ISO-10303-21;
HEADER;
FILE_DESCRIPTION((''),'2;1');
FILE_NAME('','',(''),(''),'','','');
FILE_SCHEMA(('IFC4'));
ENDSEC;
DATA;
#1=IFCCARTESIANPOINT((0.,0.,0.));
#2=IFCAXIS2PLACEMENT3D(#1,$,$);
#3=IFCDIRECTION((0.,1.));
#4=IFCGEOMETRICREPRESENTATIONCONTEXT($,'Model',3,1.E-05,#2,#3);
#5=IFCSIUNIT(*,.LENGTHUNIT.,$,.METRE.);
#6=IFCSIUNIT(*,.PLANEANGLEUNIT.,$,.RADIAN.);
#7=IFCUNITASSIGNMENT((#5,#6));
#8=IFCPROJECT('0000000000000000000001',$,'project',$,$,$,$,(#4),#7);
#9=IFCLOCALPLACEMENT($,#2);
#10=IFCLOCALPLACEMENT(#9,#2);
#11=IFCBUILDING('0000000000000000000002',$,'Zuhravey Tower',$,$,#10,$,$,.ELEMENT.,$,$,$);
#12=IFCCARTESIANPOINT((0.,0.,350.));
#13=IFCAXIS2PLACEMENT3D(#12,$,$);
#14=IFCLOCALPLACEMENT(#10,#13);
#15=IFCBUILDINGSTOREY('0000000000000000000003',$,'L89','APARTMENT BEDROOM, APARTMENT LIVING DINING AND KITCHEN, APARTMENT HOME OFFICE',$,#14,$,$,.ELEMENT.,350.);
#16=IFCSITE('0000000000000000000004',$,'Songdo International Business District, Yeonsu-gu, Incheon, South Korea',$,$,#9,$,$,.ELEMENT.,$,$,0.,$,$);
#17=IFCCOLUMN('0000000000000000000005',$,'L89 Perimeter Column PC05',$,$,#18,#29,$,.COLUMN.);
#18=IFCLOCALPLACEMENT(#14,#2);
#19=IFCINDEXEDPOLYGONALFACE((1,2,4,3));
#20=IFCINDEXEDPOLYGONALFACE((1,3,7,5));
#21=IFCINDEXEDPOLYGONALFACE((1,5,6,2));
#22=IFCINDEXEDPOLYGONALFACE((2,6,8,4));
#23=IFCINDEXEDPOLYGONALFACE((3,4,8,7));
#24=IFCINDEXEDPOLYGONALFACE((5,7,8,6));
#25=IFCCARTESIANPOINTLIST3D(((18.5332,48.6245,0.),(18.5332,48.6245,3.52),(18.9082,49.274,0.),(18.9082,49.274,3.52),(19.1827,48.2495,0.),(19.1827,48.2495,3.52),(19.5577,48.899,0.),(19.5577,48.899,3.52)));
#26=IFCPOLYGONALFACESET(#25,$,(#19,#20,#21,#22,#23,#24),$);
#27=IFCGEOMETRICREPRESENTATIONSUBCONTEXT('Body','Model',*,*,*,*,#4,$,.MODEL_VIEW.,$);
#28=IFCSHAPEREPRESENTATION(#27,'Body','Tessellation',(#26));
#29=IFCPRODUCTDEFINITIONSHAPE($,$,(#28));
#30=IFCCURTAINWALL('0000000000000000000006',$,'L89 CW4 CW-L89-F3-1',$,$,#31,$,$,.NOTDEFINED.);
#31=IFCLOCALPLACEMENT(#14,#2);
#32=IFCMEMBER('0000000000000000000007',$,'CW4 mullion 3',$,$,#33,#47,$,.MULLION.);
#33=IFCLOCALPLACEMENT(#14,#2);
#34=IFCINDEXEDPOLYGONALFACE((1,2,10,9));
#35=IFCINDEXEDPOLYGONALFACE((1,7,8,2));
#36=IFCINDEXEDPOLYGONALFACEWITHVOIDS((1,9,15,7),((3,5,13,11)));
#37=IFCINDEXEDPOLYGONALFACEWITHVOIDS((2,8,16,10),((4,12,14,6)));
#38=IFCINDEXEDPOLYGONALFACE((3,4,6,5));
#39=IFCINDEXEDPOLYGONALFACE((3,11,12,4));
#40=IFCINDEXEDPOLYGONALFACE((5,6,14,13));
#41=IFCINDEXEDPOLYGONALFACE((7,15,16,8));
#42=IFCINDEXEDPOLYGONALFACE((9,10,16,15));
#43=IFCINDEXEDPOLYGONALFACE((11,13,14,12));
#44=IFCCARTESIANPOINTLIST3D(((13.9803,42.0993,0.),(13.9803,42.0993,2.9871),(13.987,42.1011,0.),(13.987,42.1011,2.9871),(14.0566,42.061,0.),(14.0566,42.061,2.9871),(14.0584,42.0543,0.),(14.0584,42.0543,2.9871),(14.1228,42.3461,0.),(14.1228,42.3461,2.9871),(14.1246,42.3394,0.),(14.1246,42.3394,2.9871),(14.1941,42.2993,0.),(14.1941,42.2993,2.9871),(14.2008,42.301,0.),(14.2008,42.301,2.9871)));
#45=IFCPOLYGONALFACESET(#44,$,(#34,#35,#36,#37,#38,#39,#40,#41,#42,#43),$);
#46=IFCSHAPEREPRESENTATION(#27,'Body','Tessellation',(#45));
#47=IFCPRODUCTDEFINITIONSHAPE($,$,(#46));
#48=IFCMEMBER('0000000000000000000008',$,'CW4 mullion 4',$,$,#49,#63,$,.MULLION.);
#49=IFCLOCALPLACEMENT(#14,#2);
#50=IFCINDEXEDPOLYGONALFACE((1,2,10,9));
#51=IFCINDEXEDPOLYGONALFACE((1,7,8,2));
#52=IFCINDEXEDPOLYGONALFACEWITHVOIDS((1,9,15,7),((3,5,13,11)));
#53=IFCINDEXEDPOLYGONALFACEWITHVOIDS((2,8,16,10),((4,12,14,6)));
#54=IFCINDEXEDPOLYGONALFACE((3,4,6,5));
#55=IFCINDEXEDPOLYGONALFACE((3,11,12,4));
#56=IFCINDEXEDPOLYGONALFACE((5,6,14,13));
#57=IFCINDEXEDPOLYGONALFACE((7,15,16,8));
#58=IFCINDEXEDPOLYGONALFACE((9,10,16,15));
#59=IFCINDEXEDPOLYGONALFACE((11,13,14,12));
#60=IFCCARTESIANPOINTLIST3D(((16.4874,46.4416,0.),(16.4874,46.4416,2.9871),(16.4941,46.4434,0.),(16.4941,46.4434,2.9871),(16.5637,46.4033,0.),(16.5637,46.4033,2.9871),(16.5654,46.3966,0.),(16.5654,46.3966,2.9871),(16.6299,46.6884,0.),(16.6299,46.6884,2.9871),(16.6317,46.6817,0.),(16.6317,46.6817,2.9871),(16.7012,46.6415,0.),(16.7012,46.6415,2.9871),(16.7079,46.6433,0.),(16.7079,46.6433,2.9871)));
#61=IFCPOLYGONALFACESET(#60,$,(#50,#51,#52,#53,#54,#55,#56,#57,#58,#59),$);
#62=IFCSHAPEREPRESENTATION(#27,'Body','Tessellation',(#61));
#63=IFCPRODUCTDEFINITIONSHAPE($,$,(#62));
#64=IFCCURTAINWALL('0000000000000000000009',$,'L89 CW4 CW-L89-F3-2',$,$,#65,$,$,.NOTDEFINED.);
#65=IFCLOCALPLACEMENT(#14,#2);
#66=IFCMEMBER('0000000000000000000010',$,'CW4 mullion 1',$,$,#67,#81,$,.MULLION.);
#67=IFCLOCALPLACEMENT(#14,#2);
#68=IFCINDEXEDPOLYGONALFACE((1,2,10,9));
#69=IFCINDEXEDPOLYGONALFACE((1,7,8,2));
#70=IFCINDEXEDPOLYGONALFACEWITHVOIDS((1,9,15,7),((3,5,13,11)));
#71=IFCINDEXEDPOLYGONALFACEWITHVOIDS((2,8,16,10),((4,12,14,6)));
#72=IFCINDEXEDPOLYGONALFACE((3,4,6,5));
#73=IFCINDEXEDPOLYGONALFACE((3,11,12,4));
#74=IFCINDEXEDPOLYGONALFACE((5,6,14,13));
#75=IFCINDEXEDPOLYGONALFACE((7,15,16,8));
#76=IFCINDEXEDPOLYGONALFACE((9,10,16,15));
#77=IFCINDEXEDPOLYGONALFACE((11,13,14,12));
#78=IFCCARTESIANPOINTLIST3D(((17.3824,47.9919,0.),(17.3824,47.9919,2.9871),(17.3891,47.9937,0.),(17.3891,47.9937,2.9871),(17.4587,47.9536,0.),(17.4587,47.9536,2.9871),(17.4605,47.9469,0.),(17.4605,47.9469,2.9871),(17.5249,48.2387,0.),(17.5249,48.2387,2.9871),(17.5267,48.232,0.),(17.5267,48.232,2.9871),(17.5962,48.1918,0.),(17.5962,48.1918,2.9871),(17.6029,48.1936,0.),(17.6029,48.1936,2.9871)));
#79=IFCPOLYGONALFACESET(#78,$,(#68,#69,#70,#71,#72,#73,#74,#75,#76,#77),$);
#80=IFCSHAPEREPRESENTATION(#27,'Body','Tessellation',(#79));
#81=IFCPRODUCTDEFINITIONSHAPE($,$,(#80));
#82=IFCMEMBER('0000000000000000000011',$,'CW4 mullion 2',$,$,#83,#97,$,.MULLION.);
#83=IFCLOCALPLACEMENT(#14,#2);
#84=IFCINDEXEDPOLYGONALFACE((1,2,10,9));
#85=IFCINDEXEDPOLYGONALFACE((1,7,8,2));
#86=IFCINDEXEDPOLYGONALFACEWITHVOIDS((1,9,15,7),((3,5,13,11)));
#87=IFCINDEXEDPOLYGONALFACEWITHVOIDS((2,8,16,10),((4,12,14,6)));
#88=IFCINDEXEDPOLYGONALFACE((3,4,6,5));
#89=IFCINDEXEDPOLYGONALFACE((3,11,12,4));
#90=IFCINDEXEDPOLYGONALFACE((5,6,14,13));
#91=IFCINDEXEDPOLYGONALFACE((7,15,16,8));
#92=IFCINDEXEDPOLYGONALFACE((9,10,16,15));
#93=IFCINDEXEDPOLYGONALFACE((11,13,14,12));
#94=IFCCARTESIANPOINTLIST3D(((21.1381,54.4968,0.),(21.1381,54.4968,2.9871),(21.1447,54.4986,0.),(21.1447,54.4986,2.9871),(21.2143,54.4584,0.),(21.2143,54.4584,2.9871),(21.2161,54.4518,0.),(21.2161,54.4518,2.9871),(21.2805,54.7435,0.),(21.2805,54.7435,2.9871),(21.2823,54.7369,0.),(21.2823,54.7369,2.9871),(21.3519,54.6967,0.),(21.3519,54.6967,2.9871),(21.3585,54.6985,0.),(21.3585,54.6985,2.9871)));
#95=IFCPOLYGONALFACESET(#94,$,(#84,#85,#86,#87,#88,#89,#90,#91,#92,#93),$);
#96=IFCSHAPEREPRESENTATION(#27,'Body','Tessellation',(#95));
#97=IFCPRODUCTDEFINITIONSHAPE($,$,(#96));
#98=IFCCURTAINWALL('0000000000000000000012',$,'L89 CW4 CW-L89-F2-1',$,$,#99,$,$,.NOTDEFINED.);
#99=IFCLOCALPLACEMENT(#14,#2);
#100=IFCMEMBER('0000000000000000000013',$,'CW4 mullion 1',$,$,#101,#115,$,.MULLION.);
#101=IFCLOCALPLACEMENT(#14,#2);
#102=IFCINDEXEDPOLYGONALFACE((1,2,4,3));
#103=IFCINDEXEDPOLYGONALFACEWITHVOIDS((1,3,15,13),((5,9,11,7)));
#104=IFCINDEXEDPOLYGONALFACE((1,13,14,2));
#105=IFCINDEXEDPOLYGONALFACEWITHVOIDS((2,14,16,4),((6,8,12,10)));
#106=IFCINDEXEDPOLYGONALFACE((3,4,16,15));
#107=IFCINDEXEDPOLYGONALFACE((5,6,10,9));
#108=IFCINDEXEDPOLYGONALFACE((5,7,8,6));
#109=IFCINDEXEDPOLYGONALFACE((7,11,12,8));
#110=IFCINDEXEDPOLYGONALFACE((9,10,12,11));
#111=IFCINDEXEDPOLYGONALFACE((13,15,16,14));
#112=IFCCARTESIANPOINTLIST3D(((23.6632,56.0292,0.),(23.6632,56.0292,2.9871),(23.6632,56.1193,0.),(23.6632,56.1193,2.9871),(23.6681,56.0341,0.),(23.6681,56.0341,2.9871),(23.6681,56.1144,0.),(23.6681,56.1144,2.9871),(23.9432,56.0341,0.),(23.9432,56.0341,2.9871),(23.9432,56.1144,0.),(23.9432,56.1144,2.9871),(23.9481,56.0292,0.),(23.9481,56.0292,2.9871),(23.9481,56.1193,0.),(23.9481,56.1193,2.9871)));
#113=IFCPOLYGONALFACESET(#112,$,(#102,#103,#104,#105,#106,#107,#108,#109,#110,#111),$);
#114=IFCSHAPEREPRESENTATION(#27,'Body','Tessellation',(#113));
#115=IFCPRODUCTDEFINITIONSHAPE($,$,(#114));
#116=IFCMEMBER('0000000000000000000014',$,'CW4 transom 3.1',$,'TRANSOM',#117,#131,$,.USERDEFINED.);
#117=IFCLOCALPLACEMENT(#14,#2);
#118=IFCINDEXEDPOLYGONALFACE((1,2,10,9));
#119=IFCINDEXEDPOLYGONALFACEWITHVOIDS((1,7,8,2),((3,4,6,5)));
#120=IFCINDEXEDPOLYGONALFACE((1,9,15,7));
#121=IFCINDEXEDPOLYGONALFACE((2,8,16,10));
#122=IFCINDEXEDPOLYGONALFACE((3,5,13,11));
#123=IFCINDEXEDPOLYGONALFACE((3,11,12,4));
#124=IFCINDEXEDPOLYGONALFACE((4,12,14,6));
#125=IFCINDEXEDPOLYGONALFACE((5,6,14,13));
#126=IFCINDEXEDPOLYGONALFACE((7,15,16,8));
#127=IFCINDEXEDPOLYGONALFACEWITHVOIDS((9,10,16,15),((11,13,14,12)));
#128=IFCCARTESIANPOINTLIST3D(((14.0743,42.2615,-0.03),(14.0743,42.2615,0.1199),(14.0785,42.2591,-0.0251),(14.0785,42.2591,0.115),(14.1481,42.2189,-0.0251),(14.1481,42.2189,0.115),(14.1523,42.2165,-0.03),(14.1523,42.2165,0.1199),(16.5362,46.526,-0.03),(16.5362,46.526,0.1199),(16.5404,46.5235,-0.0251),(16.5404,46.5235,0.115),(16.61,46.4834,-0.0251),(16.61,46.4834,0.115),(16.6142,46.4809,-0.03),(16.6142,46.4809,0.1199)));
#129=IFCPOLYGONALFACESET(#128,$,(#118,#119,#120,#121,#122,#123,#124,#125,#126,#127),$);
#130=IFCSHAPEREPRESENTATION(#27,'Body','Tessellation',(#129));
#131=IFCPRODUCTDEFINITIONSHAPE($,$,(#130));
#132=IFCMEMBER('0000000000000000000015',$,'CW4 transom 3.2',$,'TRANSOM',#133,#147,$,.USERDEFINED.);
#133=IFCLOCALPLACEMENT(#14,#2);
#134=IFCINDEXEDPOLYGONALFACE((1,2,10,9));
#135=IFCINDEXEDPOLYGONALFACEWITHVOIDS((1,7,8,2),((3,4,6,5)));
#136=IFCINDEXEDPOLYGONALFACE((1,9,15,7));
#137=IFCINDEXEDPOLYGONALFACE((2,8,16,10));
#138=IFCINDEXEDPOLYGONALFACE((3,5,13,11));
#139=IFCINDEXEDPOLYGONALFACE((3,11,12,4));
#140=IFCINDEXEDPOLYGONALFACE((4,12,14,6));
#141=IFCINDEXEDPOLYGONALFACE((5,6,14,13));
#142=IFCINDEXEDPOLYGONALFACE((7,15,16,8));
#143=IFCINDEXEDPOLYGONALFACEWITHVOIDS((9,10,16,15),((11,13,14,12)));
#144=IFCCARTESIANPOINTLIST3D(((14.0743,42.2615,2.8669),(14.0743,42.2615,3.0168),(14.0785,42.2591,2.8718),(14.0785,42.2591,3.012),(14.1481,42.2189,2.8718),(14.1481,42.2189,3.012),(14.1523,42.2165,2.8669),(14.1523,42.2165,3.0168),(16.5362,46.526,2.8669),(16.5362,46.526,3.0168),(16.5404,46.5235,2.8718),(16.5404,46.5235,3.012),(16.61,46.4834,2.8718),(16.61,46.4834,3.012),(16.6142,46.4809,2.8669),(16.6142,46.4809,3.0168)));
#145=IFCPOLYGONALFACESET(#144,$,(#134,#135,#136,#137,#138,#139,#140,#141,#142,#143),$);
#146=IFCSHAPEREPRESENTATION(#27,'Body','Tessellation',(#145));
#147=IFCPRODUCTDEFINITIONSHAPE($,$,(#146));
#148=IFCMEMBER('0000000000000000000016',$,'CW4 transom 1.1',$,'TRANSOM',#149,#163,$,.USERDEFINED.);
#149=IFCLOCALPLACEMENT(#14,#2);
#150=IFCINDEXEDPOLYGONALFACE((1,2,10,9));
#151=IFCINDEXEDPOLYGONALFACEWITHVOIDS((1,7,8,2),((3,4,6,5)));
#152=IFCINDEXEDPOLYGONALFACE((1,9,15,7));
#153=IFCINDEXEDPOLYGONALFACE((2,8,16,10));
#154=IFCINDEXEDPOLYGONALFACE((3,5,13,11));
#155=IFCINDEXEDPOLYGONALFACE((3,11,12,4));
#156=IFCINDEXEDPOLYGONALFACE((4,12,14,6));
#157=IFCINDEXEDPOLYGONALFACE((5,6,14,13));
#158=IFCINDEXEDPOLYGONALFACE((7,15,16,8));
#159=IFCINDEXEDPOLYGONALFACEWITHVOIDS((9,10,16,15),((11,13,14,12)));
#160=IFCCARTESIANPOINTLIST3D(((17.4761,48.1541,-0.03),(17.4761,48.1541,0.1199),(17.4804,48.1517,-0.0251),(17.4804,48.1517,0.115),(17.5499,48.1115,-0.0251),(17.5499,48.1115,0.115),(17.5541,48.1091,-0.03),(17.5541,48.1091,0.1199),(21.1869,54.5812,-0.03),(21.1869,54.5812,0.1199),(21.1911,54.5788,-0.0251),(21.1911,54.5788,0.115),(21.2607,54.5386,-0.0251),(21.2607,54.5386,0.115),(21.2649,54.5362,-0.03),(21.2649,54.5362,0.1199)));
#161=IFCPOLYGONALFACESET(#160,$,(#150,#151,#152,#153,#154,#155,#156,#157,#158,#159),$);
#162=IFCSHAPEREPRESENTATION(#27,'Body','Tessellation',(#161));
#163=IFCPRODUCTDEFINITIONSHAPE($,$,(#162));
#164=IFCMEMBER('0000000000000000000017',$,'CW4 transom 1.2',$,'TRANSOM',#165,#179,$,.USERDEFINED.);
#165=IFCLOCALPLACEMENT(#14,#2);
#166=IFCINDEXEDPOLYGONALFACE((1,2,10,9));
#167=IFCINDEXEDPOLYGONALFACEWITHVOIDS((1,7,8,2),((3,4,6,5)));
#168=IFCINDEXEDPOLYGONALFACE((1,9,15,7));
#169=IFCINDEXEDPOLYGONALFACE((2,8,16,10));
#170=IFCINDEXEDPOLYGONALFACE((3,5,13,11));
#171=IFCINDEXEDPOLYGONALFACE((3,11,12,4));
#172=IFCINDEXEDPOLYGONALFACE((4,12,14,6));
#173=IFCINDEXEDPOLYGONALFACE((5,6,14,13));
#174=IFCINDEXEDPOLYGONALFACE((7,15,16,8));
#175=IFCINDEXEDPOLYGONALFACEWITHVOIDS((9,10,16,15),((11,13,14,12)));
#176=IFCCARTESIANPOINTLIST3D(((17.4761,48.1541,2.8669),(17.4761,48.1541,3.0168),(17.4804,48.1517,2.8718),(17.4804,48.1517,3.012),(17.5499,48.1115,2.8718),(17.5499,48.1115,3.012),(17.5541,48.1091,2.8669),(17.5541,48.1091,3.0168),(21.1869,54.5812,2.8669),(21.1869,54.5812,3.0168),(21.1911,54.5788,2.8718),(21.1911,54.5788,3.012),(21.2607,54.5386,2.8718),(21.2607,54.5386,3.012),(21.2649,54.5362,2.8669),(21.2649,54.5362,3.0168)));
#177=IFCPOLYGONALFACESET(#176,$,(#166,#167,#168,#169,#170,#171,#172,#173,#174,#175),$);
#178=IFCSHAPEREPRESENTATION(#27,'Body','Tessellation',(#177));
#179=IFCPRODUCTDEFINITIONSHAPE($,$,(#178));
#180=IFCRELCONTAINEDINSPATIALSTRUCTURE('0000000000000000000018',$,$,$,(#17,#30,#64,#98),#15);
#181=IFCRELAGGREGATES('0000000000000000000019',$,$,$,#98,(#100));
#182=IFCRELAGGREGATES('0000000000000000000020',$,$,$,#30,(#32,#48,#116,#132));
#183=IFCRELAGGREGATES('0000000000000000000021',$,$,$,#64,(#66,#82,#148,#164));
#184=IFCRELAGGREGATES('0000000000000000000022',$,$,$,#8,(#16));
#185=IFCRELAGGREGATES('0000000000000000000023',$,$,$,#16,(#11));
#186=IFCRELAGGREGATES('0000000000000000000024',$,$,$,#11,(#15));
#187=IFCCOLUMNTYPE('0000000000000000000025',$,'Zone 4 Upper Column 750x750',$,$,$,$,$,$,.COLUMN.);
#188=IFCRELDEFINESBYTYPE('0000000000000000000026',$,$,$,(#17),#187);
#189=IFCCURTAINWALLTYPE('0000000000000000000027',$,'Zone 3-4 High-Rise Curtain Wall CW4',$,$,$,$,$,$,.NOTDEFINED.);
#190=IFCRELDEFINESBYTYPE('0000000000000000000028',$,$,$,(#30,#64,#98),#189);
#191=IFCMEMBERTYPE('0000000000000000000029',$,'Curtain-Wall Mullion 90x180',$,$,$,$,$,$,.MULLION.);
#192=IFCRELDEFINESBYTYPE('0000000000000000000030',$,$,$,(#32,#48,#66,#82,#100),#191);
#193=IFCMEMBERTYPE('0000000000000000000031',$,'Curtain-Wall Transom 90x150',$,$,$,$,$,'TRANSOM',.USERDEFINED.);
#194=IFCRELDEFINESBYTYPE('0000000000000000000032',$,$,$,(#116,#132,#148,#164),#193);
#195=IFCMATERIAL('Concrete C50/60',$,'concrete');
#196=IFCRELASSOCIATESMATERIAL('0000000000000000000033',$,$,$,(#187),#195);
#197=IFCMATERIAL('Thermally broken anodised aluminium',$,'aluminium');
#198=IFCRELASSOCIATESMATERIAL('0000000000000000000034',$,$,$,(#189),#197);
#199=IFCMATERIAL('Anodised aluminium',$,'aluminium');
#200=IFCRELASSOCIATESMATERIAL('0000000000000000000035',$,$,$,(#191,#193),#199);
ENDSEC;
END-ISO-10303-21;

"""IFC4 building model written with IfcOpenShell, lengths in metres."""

from ifc_helpers import new_model, si_unit, direction, frame, origin, origin_2d, place, context, subcontext, project, spatial, rectangle, hollow_rectangle, extrude, material, material_profile, profile_set, type_object, element, aggregate, save


model = new_model("IFC4")

# Units and contexts
model_context = context("Model", 3, precision=1e-05, world=origin(), true_north=direction((0.0, 1.0)))
body_context = subcontext(model_context, "Body", "Model", "MODEL_VIEW")
ifc_project = project(units=[si_unit("LENGTHUNIT", "METRE"), si_unit("PLANEANGLEUNIT", "RADIAN")], contexts=[model_context])

# Site, building, storey
site_placement = place(None, origin())
site = spatial("IfcSite", under=ifc_project, at=site_placement, Name="Songdo International Business District, Yeonsu-gu, Incheon, South Korea", CompositionType="ELEMENT", RefElevation=0.0)
building_placement = place(site_placement, origin())
building = spatial("IfcBuilding", under=site, at=building_placement, Name="Zuhravey Tower", CompositionType="ELEMENT")
storey_placement = place(building_placement, frame((0.0, 0.0, 350.0)))
storey = spatial("IfcBuildingStorey", under=building, at=storey_placement, Name="L89", Description="APARTMENT BEDROOM, APARTMENT LIVING DINING AND KITCHEN, APARTMENT HOME OFFICE", CompositionType="ELEMENT", Elevation=350.0)

# Column
ifc_material_1 = material(Name="Concrete C50/60", Category="concrete")
ifc_material_profile_1 = material_profile(ifc_material_1, rectangle(XDim=0.75, YDim=0.75, at=origin_2d()), Name="RC-750x750")
ifc_profile_set_1 = profile_set([ifc_material_profile_1], Name="Concrete C50/60")
column_type = type_object("IfcColumnType", Name="Zone 4 Upper Column 750x750", PredefinedType="COLUMN", material=ifc_profile_set_1)
column_placement = place(storey_placement, frame((19.0454, 48.7617, 0.0), z_axis=(0.0, 0.0, 1.0), x_axis=(-0.5, -0.866025, 0.0)))
element("IfcColumn", 1, at=column_placement, inside=storey, type_object=column_type, Name="L89 Perimeter Column PC05", PredefinedType="COLUMN", context=body_context, shape_type="SweptSolid", body=[
    extrude(rectangle(XDim=0.75, YDim=0.75, at=origin_2d()), origin(), (0.0, 0.0, 1.0), 3.52),
])

# Curtain walls, members
ifc_material_2 = material(Name="Thermally broken anodised aluminium", Category="aluminium")
curtain_wall_type = type_object("IfcCurtainWallType", Name="Zone 3-4 High-Rise Curtain Wall CW4", PredefinedType="NOTDEFINED", material=ifc_material_2)
curtain_wall_1_placement = place(storey_placement, origin())
curtain_wall_1 = element("IfcCurtainWall", 2, at=curtain_wall_1_placement, inside=storey, type_object=curtain_wall_type, Name="L89 CW4 CW-L89-F3-1", PredefinedType="NOTDEFINED")
ifc_material_3 = material(Name="Anodised aluminium", Category="aluminium")
ifc_material_profile_2 = material_profile(ifc_material_3, hollow_rectangle(XDim=0.0901, YDim=0.2849, WallThickness=0.0049, at=origin_2d()), Name="ALU-RHS-90x285x5")
ifc_profile_set_2 = profile_set([ifc_material_profile_2], Name="Anodised aluminium")
member_type_1 = type_object("IfcMemberType", Name="Curtain-Wall Mullion 90x180", PredefinedType="MULLION", material=ifc_profile_set_2)
member_1_placement = place(storey_placement, frame((14.0906, 42.2002, 0.0), z_axis=(0.0, 0.0, 1.0), x_axis=(-0.866026, 0.499998, 0.0)))
member_1 = element("IfcMember", 3, at=member_1_placement, type_object=member_type_1, Name="CW4 mullion 3", PredefinedType="MULLION", context=body_context, shape_type="SweptSolid", body=[
    extrude(hollow_rectangle(XDim=0.0901, YDim=0.2849, WallThickness=0.0049, at=origin_2d()), origin(), (0.0, 0.0, 1.0), 2.9871),
])
member_2_placement = place(storey_placement, frame((16.5977, 46.5425, 0.0), z_axis=(0.0, 0.0, 1.0), x_axis=(-0.866026, 0.499998, 0.0)))
member_2 = element("IfcMember", 4, at=member_2_placement, type_object=member_type_1, Name="CW4 mullion 4", PredefinedType="MULLION", context=body_context, shape_type="SweptSolid", body=[
    extrude(hollow_rectangle(XDim=0.0901, YDim=0.2849, WallThickness=0.0049, at=origin_2d()), origin(), (0.0, 0.0, 1.0), 2.9871),
])
curtain_wall_2_placement = place(storey_placement, origin())
curtain_wall_2 = element("IfcCurtainWall", 5, at=curtain_wall_2_placement, inside=storey, type_object=curtain_wall_type, Name="L89 CW4 CW-L89-F3-2", PredefinedType="NOTDEFINED")
member_3_placement = place(storey_placement, frame((17.4927, 48.0928, 0.0), z_axis=(0.0, 0.0, 1.0), x_axis=(-0.866022, 0.500006, 0.0)))
member_3 = element("IfcMember", 6, at=member_3_placement, type_object=member_type_1, Name="CW4 mullion 1", PredefinedType="MULLION", context=body_context, shape_type="SweptSolid", body=[
    extrude(hollow_rectangle(XDim=0.0901, YDim=0.2849, WallThickness=0.0049, at=origin_2d()), origin(), (0.0, 0.0, 1.0), 2.9871),
])
member_4_placement = place(storey_placement, frame((21.2483, 54.5977, 0.0), z_axis=(0.0, 0.0, 1.0), x_axis=(-0.866022, 0.500006, 0.0)))
member_4 = element("IfcMember", 7, at=member_4_placement, type_object=member_type_1, Name="CW4 mullion 2", PredefinedType="MULLION", context=body_context, shape_type="SweptSolid", body=[
    extrude(hollow_rectangle(XDim=0.0901, YDim=0.2849, WallThickness=0.0049, at=origin_2d()), origin(), (0.0, 0.0, 1.0), 2.9871),
])

# Curtain wall, member
curtain_wall_3_placement = place(storey_placement, origin())
curtain_wall_3 = element("IfcCurtainWall", 8, at=curtain_wall_3_placement, inside=storey, type_object=curtain_wall_type, Name="L89 CW4 CW-L89-F2-1", PredefinedType="NOTDEFINED")
member_5_placement = place(storey_placement, frame((23.8057, 56.0742, 0.0), z_axis=(0.0, 0.0, 1.0), x_axis=(0.0, 1.0, 0.0)))
member_5 = element("IfcMember", 9, at=member_5_placement, type_object=member_type_1, Name="CW4 mullion 1", PredefinedType="MULLION", context=body_context, shape_type="SweptSolid", body=[
    extrude(hollow_rectangle(XDim=0.0901, YDim=0.2849, WallThickness=0.0049, at=origin_2d()), origin(), (0.0, 0.0, 1.0), 2.9871),
])
aggregate(curtain_wall_3, [member_5])

# Members
ifc_material_profile_3 = material_profile(ifc_material_3, hollow_rectangle(XDim=0.0901, YDim=0.1499, WallThickness=0.0049, at=origin_2d()), Name="ALU-RHS-90x150x5")
ifc_profile_set_3 = profile_set([ifc_material_profile_3], Name="Anodised aluminium")
member_type_2 = type_object("IfcMemberType", Name="Curtain-Wall Transom 90x150", ElementType="TRANSOM", PredefinedType="USERDEFINED", material=ifc_profile_set_3)
member_6_placement = place(storey_placement, frame((14.1133, 42.239, 0.0449), z_axis=(0.499979, 0.866038, 0.0), x_axis=(-0.866038, 0.499979, 0.0)))
member_6 = element("IfcMember", 10, at=member_6_placement, type_object=member_type_2, Name="CW4 transom 3.1", ObjectType="TRANSOM", PredefinedType="USERDEFINED", context=body_context, shape_type="SweptSolid", body=[
    extrude(hollow_rectangle(XDim=0.0901, YDim=0.1499, WallThickness=0.0049, at=origin_2d()), origin(), (0.0, 0.0, 1.0), 4.9241),
])
member_7_placement = place(storey_placement, frame((14.1133, 42.239, 2.9419), z_axis=(0.499979, 0.866038, 0.0), x_axis=(-0.866038, 0.499979, 0.0)))
member_7 = element("IfcMember", 11, at=member_7_placement, type_object=member_type_2, Name="CW4 transom 3.2", ObjectType="TRANSOM", PredefinedType="USERDEFINED", context=body_context, shape_type="SweptSolid", body=[
    extrude(hollow_rectangle(XDim=0.0901, YDim=0.1499, WallThickness=0.0049, at=origin_2d()), origin(), (0.0, 0.0, 1.0), 4.9241),
])
member_8_placement = place(storey_placement, frame((17.5151, 48.1316, 0.0449), z_axis=(0.500006, 0.866022, 0.0), x_axis=(-0.866022, 0.500006, 0.0)))
member_8 = element("IfcMember", 12, at=member_8_placement, type_object=member_type_2, Name="CW4 transom 1.1", ObjectType="TRANSOM", PredefinedType="USERDEFINED", context=body_context, shape_type="SweptSolid", body=[
    extrude(hollow_rectangle(XDim=0.0901, YDim=0.1499, WallThickness=0.0049, at=origin_2d()), origin(), (0.0, 0.0, 1.0), 7.4214),
])
member_9_placement = place(storey_placement, frame((17.5151, 48.1316, 2.9419), z_axis=(0.500006, 0.866022, 0.0), x_axis=(-0.866022, 0.500006, 0.0)))
member_9 = element("IfcMember", 13, at=member_9_placement, type_object=member_type_2, Name="CW4 transom 1.2", ObjectType="TRANSOM", PredefinedType="USERDEFINED", context=body_context, shape_type="SweptSolid", body=[
    extrude(hollow_rectangle(XDim=0.0901, YDim=0.1499, WallThickness=0.0049, at=origin_2d()), origin(), (0.0, 0.0, 1.0), 7.4214),
])

aggregate(curtain_wall_1, [member_1, member_2, member_6, member_7])
aggregate(curtain_wall_2, [member_3, member_4, member_8, member_9])

save(model, "model.ifc")
